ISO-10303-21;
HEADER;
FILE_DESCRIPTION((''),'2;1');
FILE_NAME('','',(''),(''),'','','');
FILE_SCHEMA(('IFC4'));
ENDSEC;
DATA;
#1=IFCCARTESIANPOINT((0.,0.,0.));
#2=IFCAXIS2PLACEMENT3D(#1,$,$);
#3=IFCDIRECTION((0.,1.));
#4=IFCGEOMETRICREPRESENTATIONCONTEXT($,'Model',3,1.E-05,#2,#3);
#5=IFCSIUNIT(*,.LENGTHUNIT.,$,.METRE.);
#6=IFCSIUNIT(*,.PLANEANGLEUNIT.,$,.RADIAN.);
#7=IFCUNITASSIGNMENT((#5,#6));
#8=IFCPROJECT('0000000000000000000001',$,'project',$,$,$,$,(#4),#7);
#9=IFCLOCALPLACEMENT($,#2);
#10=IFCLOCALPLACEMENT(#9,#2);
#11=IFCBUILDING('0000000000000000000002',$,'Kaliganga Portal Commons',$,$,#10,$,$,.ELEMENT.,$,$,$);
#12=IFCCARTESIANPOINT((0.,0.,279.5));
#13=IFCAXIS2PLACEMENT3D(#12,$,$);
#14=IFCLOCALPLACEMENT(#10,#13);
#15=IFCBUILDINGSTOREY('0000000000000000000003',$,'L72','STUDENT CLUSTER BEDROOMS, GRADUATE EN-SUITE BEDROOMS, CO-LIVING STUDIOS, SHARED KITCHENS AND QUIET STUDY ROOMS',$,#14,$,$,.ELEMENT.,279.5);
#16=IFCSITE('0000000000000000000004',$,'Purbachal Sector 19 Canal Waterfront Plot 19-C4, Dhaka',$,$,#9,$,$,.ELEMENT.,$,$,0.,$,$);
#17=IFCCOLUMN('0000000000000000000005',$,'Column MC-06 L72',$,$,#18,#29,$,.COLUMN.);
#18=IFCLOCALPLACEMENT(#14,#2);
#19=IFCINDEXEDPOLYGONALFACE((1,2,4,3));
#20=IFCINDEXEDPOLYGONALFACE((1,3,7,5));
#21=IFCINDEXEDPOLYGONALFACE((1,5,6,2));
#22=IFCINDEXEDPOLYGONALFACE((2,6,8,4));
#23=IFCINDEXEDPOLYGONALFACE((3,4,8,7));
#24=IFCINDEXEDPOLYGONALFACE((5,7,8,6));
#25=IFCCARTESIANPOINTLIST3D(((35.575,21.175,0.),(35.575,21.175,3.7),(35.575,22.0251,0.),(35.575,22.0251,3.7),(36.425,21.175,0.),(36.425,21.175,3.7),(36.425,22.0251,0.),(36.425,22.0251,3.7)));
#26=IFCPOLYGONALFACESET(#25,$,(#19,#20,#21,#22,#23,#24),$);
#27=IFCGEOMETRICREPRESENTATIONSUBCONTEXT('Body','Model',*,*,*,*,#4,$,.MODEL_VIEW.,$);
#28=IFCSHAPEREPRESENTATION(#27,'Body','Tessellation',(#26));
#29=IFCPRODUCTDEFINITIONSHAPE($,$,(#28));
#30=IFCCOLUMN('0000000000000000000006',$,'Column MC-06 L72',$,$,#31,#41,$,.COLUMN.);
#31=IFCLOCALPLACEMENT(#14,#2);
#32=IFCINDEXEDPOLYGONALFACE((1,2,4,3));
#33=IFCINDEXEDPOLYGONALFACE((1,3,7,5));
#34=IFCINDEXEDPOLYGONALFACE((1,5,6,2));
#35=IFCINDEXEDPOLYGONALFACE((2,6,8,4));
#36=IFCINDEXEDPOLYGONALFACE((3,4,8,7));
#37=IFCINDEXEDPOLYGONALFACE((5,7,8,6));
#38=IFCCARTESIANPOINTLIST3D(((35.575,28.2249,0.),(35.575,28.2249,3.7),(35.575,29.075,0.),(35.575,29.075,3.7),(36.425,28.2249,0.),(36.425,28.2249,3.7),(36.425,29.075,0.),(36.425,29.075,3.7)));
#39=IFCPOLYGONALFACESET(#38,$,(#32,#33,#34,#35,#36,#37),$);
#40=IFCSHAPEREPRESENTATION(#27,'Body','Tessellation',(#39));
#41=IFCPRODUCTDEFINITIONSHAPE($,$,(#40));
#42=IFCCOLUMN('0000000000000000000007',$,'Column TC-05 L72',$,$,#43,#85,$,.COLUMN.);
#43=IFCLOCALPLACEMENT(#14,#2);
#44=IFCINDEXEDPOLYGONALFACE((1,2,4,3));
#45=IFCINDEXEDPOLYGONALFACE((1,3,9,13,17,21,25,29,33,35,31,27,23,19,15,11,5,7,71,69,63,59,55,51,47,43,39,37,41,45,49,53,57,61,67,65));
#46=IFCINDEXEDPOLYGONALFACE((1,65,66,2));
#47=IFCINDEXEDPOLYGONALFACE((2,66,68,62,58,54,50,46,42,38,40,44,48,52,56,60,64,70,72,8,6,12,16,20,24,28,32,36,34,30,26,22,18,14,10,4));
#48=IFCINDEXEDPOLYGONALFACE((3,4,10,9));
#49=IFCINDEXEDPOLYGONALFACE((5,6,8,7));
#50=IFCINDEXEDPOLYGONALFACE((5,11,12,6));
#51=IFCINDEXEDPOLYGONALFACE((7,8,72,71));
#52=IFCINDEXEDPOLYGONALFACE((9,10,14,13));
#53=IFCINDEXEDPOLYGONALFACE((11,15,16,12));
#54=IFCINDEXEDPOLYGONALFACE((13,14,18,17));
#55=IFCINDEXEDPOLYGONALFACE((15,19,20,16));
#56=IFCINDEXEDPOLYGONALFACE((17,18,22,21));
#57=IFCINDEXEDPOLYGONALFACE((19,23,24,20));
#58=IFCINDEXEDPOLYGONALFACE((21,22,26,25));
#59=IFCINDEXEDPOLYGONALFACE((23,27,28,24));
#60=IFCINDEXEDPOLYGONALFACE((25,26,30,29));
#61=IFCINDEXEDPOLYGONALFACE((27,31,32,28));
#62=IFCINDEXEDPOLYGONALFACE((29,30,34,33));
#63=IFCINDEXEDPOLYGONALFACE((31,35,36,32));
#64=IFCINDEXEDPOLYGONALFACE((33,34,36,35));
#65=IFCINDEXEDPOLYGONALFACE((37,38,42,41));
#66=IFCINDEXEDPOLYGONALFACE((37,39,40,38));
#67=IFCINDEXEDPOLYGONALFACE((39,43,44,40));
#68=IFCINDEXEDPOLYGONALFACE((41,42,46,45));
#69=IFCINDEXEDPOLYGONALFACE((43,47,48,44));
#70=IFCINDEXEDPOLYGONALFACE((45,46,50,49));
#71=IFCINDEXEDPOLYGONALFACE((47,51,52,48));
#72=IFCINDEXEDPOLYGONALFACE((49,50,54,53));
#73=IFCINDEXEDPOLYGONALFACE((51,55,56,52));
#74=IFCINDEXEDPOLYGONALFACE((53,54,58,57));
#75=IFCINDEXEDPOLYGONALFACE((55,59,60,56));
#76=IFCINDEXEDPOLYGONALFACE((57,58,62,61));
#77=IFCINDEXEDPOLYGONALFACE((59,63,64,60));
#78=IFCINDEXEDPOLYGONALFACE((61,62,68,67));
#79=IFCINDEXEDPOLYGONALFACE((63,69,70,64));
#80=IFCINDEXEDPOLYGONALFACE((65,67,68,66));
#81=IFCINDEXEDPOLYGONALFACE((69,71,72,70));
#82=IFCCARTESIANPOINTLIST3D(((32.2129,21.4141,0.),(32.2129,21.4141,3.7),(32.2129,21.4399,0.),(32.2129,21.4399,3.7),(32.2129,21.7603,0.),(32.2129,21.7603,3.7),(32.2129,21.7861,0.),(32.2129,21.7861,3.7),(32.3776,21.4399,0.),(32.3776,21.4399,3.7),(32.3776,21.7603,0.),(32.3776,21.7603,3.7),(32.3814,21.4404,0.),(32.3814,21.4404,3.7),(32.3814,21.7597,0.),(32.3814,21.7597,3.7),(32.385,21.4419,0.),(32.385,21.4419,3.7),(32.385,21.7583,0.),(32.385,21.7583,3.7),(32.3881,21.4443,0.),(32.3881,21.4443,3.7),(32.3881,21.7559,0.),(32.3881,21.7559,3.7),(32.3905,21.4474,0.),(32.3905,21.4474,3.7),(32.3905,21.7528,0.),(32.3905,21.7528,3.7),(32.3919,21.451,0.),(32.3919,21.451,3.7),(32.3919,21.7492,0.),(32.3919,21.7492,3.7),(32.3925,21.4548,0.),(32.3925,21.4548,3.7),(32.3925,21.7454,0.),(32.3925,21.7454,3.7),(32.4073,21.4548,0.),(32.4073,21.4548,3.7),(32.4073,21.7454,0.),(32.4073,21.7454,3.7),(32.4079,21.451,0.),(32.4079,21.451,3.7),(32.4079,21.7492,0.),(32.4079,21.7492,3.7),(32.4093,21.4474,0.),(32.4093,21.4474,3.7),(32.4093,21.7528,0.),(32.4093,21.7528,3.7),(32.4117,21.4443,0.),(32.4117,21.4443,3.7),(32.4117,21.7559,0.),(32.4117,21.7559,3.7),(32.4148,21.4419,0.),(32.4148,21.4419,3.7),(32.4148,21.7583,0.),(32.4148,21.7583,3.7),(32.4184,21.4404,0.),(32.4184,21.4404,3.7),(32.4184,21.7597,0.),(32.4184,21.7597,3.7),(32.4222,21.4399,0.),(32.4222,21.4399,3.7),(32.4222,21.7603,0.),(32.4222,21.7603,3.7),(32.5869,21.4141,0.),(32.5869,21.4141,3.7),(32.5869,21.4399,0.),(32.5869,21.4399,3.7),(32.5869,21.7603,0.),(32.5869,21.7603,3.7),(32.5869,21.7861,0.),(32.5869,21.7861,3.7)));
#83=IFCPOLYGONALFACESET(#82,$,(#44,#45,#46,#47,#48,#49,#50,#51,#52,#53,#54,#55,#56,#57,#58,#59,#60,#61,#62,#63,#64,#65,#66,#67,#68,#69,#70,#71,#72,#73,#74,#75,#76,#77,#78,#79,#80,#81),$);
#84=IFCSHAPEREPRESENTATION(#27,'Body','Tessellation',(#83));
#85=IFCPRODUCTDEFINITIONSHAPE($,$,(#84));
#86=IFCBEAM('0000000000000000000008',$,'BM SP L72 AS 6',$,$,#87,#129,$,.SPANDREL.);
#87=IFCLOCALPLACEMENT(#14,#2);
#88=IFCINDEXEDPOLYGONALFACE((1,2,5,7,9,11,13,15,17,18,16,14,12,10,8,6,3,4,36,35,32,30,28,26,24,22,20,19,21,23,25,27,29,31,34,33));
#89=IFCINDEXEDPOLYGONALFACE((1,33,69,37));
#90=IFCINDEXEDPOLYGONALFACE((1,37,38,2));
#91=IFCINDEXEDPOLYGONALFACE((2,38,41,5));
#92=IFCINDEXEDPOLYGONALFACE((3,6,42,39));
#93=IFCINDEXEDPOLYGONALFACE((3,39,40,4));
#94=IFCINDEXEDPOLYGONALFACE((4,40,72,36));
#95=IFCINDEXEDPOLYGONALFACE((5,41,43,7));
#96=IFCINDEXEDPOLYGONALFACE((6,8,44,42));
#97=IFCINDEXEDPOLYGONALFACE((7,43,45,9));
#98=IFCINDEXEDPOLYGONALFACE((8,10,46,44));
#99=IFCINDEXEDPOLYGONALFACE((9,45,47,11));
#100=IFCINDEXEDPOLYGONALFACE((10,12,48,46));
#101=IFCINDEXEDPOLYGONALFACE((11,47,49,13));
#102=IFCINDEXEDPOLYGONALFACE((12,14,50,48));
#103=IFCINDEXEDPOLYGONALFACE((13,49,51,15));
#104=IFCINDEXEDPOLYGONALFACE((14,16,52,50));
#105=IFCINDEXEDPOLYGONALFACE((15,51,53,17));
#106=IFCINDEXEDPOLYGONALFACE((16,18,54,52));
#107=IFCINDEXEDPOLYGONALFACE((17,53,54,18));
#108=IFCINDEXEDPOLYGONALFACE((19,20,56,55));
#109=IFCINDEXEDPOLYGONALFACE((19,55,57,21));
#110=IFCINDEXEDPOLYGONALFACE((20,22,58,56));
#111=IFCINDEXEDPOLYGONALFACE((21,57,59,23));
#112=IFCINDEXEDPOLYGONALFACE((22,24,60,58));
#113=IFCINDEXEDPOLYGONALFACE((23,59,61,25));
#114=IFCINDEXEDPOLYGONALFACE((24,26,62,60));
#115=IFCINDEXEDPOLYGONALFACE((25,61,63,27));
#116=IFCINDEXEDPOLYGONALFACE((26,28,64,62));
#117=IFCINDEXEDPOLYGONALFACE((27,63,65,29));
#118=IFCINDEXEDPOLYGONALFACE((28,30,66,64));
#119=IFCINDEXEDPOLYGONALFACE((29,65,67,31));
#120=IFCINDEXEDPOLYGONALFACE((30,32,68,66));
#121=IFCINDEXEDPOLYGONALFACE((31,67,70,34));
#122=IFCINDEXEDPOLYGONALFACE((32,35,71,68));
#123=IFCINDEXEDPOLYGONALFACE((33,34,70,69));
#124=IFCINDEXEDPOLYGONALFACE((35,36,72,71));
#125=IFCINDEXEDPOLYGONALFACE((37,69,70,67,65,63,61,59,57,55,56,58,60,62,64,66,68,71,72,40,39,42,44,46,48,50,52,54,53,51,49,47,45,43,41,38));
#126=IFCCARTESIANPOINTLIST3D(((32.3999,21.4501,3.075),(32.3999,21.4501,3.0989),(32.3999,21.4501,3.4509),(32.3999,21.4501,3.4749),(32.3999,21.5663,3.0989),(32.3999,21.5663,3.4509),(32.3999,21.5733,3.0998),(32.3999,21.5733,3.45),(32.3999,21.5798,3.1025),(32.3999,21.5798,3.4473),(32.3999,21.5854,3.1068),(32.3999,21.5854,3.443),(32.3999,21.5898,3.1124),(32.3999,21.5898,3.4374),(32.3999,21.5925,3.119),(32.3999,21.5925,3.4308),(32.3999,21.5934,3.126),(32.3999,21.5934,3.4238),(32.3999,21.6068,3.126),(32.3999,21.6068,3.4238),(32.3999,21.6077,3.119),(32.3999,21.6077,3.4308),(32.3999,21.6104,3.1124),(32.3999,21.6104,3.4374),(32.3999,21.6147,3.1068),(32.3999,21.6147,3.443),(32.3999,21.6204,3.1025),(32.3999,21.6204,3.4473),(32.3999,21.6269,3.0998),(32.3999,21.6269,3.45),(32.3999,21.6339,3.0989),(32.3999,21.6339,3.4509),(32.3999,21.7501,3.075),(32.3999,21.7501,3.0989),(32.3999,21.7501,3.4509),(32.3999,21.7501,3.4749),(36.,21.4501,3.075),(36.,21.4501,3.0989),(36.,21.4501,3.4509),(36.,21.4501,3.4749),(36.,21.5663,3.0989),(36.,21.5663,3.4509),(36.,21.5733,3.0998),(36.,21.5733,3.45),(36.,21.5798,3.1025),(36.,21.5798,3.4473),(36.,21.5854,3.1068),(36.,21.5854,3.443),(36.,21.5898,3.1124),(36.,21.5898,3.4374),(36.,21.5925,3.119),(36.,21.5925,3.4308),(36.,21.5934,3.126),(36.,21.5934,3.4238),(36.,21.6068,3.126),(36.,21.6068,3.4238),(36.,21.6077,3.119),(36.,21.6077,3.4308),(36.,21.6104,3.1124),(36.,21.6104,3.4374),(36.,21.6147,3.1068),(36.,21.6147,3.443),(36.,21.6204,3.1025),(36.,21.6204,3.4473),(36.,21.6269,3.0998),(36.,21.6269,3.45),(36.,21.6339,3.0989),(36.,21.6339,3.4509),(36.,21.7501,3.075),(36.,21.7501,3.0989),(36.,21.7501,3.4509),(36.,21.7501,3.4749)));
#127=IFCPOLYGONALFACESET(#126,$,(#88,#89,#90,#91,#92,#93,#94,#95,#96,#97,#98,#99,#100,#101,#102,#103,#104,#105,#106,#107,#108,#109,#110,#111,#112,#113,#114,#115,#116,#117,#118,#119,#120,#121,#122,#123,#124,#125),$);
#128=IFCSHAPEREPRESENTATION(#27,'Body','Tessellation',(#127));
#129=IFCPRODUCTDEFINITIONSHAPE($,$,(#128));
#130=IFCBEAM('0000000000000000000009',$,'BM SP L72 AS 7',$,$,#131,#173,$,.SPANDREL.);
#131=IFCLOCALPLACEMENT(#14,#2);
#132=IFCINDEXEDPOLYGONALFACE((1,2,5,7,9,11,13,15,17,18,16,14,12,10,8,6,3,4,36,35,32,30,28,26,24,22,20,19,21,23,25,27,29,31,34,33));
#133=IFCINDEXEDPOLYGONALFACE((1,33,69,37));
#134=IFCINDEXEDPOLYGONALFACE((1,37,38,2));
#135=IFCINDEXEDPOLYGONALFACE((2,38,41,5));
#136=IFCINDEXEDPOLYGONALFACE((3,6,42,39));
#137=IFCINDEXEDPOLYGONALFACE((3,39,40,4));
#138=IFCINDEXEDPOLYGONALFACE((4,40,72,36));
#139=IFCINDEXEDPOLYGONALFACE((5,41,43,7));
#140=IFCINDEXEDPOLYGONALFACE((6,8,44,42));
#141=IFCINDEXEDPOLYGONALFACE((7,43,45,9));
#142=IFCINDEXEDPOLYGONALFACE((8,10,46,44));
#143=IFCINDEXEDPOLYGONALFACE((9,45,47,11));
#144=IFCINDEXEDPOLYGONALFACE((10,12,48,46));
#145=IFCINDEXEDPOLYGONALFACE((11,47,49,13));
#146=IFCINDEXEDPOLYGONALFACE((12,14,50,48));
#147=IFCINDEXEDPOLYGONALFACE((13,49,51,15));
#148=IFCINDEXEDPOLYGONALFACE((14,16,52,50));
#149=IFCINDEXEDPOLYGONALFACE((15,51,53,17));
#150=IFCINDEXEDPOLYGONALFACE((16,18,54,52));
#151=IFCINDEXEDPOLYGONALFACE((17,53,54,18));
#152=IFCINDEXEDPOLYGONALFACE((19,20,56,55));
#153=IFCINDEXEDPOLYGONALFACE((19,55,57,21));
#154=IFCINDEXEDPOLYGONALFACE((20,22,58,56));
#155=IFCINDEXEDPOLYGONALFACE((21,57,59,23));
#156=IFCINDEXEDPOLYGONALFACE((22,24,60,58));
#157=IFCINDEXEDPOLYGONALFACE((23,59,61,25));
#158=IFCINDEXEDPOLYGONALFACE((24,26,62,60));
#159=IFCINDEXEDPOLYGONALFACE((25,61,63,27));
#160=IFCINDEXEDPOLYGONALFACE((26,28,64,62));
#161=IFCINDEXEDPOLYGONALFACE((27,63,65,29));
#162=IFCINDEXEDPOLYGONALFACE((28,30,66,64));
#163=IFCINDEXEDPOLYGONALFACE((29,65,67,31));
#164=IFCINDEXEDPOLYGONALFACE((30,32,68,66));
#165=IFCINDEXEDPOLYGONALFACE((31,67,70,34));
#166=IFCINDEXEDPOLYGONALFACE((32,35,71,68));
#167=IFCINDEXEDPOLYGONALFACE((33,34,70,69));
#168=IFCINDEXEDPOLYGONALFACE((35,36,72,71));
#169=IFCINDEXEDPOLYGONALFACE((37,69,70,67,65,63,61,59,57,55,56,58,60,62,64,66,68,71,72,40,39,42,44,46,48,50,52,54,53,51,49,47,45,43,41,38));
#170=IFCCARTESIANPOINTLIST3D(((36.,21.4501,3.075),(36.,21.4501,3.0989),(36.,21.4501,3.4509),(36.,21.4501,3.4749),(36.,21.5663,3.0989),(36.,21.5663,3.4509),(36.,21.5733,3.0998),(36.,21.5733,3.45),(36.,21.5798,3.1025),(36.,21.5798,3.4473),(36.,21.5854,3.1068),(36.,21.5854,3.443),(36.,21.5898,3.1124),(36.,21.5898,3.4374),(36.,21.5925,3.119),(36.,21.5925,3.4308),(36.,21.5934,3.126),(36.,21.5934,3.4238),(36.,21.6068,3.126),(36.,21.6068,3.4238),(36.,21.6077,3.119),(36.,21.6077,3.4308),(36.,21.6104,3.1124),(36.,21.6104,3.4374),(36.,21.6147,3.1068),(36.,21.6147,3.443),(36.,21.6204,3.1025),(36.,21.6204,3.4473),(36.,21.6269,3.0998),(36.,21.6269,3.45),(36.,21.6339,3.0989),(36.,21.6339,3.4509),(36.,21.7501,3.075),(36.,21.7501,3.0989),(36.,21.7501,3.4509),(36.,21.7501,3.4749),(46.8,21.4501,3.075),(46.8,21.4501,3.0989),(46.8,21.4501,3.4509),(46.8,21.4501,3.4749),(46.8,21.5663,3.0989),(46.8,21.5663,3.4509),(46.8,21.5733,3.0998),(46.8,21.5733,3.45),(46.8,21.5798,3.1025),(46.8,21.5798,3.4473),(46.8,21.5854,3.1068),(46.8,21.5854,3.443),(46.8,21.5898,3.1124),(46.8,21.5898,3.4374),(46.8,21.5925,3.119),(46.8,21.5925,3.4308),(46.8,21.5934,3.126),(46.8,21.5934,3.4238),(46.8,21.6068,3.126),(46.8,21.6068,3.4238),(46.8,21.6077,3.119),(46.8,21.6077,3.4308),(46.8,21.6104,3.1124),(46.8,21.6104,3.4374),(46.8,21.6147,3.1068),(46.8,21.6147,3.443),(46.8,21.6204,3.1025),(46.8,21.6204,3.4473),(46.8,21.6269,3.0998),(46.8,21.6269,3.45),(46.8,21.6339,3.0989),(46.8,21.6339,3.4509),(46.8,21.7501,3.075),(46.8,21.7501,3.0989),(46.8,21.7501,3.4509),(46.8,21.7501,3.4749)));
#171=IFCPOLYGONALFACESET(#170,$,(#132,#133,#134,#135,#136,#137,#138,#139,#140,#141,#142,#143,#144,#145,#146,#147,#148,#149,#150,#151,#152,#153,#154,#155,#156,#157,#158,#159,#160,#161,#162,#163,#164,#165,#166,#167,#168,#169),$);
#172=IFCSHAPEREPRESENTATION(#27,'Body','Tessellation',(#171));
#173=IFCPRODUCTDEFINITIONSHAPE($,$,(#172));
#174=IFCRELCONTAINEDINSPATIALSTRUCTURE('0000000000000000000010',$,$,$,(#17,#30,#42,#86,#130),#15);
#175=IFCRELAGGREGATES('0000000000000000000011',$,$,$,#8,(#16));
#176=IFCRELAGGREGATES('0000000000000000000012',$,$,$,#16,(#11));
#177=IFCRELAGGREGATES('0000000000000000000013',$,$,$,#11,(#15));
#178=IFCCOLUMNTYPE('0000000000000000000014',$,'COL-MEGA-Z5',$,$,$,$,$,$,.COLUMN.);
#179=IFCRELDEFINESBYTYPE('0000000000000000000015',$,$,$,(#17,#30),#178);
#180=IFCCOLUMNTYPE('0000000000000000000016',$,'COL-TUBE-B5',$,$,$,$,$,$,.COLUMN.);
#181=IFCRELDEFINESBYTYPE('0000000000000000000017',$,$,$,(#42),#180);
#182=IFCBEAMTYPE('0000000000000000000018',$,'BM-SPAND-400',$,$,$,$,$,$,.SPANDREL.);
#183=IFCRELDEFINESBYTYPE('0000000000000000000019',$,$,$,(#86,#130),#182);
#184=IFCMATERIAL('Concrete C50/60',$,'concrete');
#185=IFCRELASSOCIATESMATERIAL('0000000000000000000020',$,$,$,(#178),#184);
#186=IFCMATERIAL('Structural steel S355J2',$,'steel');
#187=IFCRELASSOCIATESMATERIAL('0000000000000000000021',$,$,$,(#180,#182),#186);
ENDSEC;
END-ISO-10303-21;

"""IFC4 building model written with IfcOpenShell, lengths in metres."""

from ifc_helpers import new_model, si_unit, direction, frame, origin, origin_2d, place, context, subcontext, project, spatial, rectangle, i_section, extrude, source, transform, mapped, material, material_profile, profile_set, type_object, element, save


model = new_model("IFC4")

# Units and contexts
model_context = context("Model", 3, precision=1e-05, world=origin(), true_north=direction((0.0, 1.0)))
body_context = subcontext(model_context, "Body", "Model", "MODEL_VIEW")
ifc_project = project(units=[si_unit("LENGTHUNIT", "METRE"), si_unit("PLANEANGLEUNIT", "RADIAN")], contexts=[model_context])

# Site, building, storey
site_placement = place(None, origin())
site = spatial("IfcSite", under=ifc_project, at=site_placement, Name="Purbachal Sector 19 Canal Waterfront Plot 19-C4, Dhaka", CompositionType="ELEMENT", RefElevation=0.0)
building_placement = place(site_placement, origin())
building = spatial("IfcBuilding", under=site, at=building_placement, Name="Kaliganga Portal Commons", CompositionType="ELEMENT")
storey_placement = place(building_placement, frame((0.0, 0.0, 279.5)))
storey = spatial("IfcBuildingStorey", under=building, at=storey_placement, Name="L72", Description="STUDENT CLUSTER BEDROOMS, GRADUATE EN-SUITE BEDROOMS, CO-LIVING STUDIOS, SHARED KITCHENS AND QUIET STUDY ROOMS", CompositionType="ELEMENT", Elevation=279.5)

# Columns
ifc_material_1 = material(Name="Concrete C50/60", Category="concrete")
ifc_material_profile_1 = material_profile(ifc_material_1, rectangle(XDim=0.8501, YDim=0.8501, at=origin_2d()), Name="RC 850x850")
ifc_profile_set_1 = profile_set([ifc_material_profile_1], Name="Concrete C50/60")
column_type_1 = type_object("IfcColumnType", Name="COL-MEGA-Z5", PredefinedType="COLUMN", material=ifc_profile_set_1)
shared_shape_1 = source(origin(), body_context, "Body", "SweptSolid", [
    extrude(rectangle(XDim=0.8501, YDim=0.8501, at=origin_2d()), origin(), (0.0, 0.0, 1.0), 3.7),
])
for number, where, z_axis, x_axis, name in (
    (1, (36.0, 21.6001, 0.0), (0.0, 0.0, 1.0), (1.0, 0.0, 0.0), "Column MC-06 L72"),
    (2, (36.0, 28.6499, 0.0), (0.0, 0.0, 1.0), (1.0, 0.0, 0.0), "Column MC-06 L72"),
):
    element("IfcColumn", number, at=place(storey_placement, frame(where, z_axis=z_axis, x_axis=x_axis)), inside=storey, type_object=column_type_1, Name=name, PredefinedType="COLUMN", context=body_context, shape_type="MappedRepresentation", body=[
        mapped(shared_shape_1, transform((0.0, 0.0, 0.0), x_axis=(1.0, 0.0, 0.0), y_axis=(0.0, 1.0, 0.0), z_axis=(0.0, 0.0, 1.0), scale=1.0)),
    ])
ifc_material_2 = material(Name="Structural steel S355J2", Category="steel")
ifc_material_profile_2 = material_profile(ifc_material_2, i_section(OverallWidth=0.374, OverallDepth=0.3721, WebThickness=0.0149, FlangeThickness=0.0259, FilletRadius=0.0149, at=origin_2d()), Name="HD 360x196")
ifc_profile_set_2 = profile_set([ifc_material_profile_2], Name="Structural steel S355J2 wide-flange")
column_type_2 = type_object("IfcColumnType", Name="COL-TUBE-B5", PredefinedType="COLUMN", material=ifc_profile_set_2)
shared_shape_2 = source(origin(), body_context, "Body", "SweptSolid", [
    extrude(i_section(OverallWidth=0.374, OverallDepth=0.3721, WebThickness=0.0149, FlangeThickness=0.0259, FilletRadius=0.0149, at=origin_2d()), origin(), (0.0, 0.0, 1.0), 3.7),
])
column_placement = place(storey_placement, frame((32.3999, 21.6001, 0.0), z_axis=(0.0, 0.0, 1.0), x_axis=(1.0, 0.0, 0.0)))
element("IfcColumn", 3, at=column_placement, inside=storey, type_object=column_type_2, Name="Column TC-05 L72", PredefinedType="COLUMN", context=body_context, shape_type="MappedRepresentation", body=[
    mapped(shared_shape_2, transform((0.0, 0.0, 0.0), x_axis=(1.0, 0.0, 0.0), y_axis=(0.0, 1.0, 0.0), z_axis=(0.0, 0.0, 1.0), scale=1.0)),
])

# Beams
ifc_material_profile_3 = material_profile(ifc_material_2, i_section(OverallWidth=0.3, OverallDepth=0.3999, WebThickness=0.0134, FlangeThickness=0.0239, FilletRadius=0.0271, at=origin_2d()), Name="HE 400 B")
ifc_profile_set_3 = profile_set([ifc_material_profile_3], Name="Structural steel S355J2 wide-flange")
beam_type_1 = type_object("IfcBeamType", Name="BM-SPAND-400", PredefinedType="SPANDREL", material=ifc_profile_set_3)
shared_shape_3 = source(origin(), body_context, "Body", "SweptSolid", [
    extrude(i_section(OverallWidth=0.3, OverallDepth=0.3999, WebThickness=0.0134, FlangeThickness=0.0239, FilletRadius=0.0271, at=origin_2d()), origin(), (0.0, 0.0, 1.0), 3.6001),
])
beam_1_placement = place(storey_placement, frame((32.3999, 21.6001, 3.2749), z_axis=(1.0, 0.0, 0.0), x_axis=(0.0, 1.0, 0.0)))
element("IfcBeam", 4, at=beam_1_placement, inside=storey, type_object=beam_type_1, Name="BM SP L72 AS 6", PredefinedType="SPANDREL", context=body_context, shape_type="MappedRepresentation", body=[
    mapped(shared_shape_3, transform((0.0, 0.0, 0.0), x_axis=(1.0, 0.0, 0.0), y_axis=(0.0, 1.0, 0.0), z_axis=(0.0, 0.0, 1.0), scale=1.0)),
])
shared_shape_4 = source(origin(), body_context, "Body", "SweptSolid", [
    extrude(i_section(OverallWidth=0.3, OverallDepth=0.3999, WebThickness=0.0134, FlangeThickness=0.0239, FilletRadius=0.0271, at=origin_2d()), origin(), (0.0, 0.0, 1.0), 10.8),
])
beam_2_placement = place(storey_placement, frame((36.0, 21.6001, 3.2749), z_axis=(1.0, 0.0, 0.0), x_axis=(0.0, 1.0, 0.0)))
element("IfcBeam", 5, at=beam_2_placement, inside=storey, type_object=beam_type_1, Name="BM SP L72 AS 7", PredefinedType="SPANDREL", context=body_context, shape_type="MappedRepresentation", body=[
    mapped(shared_shape_4, transform((0.0, 0.0, 0.0), x_axis=(1.0, 0.0, 0.0), y_axis=(0.0, 1.0, 0.0), z_axis=(0.0, 0.0, 1.0), scale=1.0)),
])

save(model, "model.ifc")
